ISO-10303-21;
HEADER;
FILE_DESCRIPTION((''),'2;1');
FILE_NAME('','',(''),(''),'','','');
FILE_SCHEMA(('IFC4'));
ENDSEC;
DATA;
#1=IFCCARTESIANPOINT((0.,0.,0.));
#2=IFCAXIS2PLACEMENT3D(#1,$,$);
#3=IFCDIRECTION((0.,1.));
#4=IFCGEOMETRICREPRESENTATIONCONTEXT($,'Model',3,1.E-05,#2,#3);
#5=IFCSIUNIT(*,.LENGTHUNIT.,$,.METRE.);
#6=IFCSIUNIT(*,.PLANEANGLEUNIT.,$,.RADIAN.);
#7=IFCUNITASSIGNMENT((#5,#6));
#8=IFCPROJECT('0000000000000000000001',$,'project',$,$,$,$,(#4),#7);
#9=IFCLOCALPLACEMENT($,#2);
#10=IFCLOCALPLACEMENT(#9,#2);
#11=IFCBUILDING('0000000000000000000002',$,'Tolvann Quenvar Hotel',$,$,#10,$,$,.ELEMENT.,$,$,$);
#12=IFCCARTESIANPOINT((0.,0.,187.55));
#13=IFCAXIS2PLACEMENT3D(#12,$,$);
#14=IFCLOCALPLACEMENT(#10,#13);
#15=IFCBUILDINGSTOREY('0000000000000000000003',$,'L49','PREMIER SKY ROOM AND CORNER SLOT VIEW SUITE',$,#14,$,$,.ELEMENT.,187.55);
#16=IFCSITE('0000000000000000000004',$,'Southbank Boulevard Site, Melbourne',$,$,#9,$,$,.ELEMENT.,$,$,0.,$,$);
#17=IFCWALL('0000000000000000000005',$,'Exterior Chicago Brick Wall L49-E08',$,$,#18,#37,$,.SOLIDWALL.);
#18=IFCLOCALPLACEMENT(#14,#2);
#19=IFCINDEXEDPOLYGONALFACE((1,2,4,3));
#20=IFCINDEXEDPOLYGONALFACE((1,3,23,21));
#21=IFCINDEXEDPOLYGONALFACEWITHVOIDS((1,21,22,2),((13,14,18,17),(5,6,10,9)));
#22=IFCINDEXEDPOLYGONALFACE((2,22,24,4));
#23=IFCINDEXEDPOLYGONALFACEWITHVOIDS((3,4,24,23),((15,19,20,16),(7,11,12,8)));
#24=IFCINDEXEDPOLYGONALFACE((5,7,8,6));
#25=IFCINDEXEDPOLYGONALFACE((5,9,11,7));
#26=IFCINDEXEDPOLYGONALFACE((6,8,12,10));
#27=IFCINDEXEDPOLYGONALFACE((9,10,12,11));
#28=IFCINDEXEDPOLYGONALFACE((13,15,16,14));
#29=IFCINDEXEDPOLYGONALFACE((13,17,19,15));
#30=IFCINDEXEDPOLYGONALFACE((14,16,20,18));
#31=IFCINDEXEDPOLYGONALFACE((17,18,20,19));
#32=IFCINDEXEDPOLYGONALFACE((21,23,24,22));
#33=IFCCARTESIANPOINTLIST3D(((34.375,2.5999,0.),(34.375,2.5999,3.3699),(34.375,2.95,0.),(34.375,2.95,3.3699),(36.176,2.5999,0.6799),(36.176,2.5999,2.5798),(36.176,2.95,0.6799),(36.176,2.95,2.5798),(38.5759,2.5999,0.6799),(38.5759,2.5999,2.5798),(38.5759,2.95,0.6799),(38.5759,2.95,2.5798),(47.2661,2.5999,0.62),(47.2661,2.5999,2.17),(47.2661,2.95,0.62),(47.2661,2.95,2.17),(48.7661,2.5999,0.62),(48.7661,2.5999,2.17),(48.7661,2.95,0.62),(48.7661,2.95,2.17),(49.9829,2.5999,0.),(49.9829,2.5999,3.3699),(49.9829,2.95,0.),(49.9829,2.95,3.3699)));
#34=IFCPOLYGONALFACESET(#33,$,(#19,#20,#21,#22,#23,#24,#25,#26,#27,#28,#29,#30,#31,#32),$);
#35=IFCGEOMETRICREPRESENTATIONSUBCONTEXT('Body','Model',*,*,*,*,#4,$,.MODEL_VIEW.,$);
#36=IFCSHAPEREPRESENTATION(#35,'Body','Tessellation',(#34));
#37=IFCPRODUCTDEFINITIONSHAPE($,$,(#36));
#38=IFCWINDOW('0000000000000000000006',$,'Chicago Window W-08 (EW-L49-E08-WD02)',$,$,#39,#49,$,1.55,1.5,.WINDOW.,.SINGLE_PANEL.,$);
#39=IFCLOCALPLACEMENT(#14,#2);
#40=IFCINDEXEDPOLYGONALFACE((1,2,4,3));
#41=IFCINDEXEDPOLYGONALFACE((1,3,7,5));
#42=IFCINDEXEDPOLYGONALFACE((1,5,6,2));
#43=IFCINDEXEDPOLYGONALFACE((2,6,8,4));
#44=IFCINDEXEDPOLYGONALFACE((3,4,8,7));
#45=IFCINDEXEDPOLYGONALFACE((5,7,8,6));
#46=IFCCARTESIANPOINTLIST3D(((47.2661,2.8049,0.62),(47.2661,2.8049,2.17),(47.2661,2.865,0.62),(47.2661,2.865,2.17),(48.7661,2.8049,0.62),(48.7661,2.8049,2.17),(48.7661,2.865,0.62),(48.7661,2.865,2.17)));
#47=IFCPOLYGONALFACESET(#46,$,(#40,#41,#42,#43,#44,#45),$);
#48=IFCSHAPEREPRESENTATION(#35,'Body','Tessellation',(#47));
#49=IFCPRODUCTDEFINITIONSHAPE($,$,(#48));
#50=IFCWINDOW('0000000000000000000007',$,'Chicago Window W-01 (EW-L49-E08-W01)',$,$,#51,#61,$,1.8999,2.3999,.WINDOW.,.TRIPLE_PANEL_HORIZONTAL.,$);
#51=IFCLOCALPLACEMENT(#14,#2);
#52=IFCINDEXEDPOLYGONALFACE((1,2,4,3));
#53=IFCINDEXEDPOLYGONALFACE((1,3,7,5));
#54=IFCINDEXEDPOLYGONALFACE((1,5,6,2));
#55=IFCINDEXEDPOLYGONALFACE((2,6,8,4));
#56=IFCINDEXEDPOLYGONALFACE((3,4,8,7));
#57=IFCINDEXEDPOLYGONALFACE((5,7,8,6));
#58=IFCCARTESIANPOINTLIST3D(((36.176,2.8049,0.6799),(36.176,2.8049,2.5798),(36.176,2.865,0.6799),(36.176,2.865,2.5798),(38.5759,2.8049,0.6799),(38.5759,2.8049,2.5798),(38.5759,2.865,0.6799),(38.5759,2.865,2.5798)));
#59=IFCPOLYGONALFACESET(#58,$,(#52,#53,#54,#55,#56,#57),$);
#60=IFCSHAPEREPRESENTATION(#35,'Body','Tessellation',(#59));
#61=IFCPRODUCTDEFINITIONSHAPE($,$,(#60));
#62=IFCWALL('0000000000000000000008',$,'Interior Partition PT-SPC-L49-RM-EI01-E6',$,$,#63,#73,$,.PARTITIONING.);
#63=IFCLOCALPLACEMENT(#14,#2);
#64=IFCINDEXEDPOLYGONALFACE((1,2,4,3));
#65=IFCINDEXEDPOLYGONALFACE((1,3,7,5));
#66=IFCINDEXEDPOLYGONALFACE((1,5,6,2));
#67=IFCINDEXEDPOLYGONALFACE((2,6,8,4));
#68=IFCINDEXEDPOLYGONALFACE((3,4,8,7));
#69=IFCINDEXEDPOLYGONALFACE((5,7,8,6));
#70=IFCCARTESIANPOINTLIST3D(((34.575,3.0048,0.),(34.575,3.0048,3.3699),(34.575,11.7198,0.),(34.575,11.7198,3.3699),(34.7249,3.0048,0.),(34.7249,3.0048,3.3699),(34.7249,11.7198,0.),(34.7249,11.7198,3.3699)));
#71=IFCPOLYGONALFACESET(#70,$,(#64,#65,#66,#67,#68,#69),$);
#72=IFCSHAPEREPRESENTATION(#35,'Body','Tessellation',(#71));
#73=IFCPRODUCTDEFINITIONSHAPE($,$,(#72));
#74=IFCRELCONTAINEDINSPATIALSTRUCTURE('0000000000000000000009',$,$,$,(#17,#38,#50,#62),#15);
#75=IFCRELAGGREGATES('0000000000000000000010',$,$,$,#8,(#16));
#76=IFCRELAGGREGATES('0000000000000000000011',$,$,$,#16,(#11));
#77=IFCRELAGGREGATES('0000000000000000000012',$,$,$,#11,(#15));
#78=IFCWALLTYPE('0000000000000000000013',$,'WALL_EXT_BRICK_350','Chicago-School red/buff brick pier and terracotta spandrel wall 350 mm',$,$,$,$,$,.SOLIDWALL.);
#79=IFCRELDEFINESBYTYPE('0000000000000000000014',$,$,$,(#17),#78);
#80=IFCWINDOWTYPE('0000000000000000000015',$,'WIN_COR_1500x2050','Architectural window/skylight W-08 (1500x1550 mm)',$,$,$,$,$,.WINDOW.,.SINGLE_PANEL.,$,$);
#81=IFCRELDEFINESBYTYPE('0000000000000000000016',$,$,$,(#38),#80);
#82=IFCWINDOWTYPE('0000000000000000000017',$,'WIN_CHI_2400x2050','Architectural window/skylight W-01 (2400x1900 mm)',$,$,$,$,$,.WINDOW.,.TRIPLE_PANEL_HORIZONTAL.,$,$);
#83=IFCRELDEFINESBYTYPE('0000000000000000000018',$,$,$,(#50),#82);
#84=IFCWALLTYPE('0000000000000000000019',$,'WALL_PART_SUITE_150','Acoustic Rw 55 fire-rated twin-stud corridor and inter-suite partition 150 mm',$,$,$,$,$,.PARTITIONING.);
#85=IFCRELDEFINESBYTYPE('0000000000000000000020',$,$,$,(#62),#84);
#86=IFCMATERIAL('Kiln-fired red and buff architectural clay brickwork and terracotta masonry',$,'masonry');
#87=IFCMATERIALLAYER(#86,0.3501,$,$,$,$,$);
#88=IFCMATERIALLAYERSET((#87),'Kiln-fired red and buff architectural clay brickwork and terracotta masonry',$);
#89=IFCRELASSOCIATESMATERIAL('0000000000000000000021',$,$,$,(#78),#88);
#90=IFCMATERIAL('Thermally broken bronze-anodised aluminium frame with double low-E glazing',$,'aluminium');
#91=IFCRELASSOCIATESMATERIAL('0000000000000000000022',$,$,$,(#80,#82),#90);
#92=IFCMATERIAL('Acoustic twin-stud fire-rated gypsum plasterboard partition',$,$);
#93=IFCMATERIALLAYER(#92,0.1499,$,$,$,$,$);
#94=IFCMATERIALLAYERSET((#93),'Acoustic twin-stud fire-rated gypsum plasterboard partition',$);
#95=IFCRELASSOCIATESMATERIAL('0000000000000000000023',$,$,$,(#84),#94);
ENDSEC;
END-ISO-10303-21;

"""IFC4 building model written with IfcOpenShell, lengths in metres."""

from ifc_helpers import new_model, si_unit, direction, frame, frame_2d, origin, place, context, subcontext, project, spatial, rectangle, extrude, source, transform, mapped, material, layer, layer_set, type_object, type_shapes, element, fill, save


model = new_model("IFC4")

# Units and contexts
model_context = context("Model", 3, precision=1e-05, world=origin(), true_north=direction((0.0, 1.0)))
body_context = subcontext(model_context, "Body", "Model", "MODEL_VIEW")
ifc_project = project(units=[si_unit("LENGTHUNIT", "METRE"), si_unit("PLANEANGLEUNIT", "RADIAN")], contexts=[model_context])

# Site, building, storey
site_placement = place(None, origin())
site = spatial("IfcSite", under=ifc_project, at=site_placement, Name="Southbank Boulevard Site, Melbourne", CompositionType="ELEMENT", RefElevation=0.0)
building_placement = place(site_placement, origin())
building = spatial("IfcBuilding", under=site, at=building_placement, Name="Tolvann Quenvar Hotel", CompositionType="ELEMENT")
storey_placement = place(building_placement, frame((0.0, 0.0, 187.55)))
storey = spatial("IfcBuildingStorey", under=building, at=storey_placement, Name="L49", Description="PREMIER SKY ROOM AND CORNER SLOT VIEW SUITE", CompositionType="ELEMENT", Elevation=187.55)

# Wall, openings, windows
ifc_material_1 = material(Name="Kiln-fired red and buff architectural clay brickwork and terracotta masonry", Category="masonry")
ifc_layer_1 = layer(ifc_material_1, 0.3501)
ifc_layer_set_1 = layer_set([ifc_layer_1], Name="Kiln-fired red and buff architectural clay brickwork and terracotta masonry")
wall_type_1 = type_object("IfcWallType", Name="WALL_EXT_BRICK_350", Description="Chicago-School red/buff brick pier and terracotta spandrel wall 350 mm", PredefinedType="SOLIDWALL", material=ifc_layer_set_1)
wall_1_placement = place(storey_placement, frame((34.375, 2.7749, 0.0), z_axis=(0.0, 0.0, 1.0), x_axis=(1.0, 0.0, 0.0)))
wall_1 = element("IfcWall", 1, at=wall_1_placement, inside=storey, type_object=wall_type_1, Name="Exterior Chicago Brick Wall L49-E08", PredefinedType="SOLIDWALL", context=body_context, shape_type="SweptSolid", body=[
    extrude(rectangle(XDim=15.6079, YDim=0.3501, at=frame_2d((7.804, 0.0))), origin(), (0.0, 0.0, 1.0), 3.3699),
])
opening_1_placement = place(wall_1_placement, frame((1.801, 0.0, 0.6799)))
opening_1 = element("IfcOpeningElement", 2, at=opening_1_placement, cuts=wall_1, PredefinedType="OPENING", context=body_context, shape_type="SweptSolid", body=[
    extrude(rectangle(XDim=2.3999, YDim=1.8999, at=frame_2d((1.2, 0.95))), frame((0.0, 0.1851, 0.0), z_axis=(0.0, -1.0, 0.0), x_axis=(1.0, 0.0, 0.0)), (0.0, 0.0, 1.0), 0.3701),
])
opening_2_placement = place(wall_1_placement, frame((12.8911, 0.0, 0.6201)))
opening_2 = element("IfcOpeningElement", 3, at=opening_2_placement, cuts=wall_1, PredefinedType="OPENING", context=body_context, shape_type="SweptSolid", body=[
    extrude(rectangle(XDim=1.5, YDim=1.55, at=frame_2d((0.75, 0.7749))), frame((0.0, 0.1851, 0.0), z_axis=(0.0, -1.0, 0.0), x_axis=(1.0, 0.0, 0.0)), (0.0, 0.0, 1.0), 0.3701),
])
ifc_material_2 = material(Name="Thermally broken bronze-anodised aluminium frame with double low-E glazing", Category="aluminium")
window_type_1 = type_object("IfcWindowType", Name="WIN_COR_1500x2050", Description="Architectural window/skylight W-08 (1500x1550 mm)", PartitioningType="SINGLE_PANEL", PredefinedType="WINDOW", material=ifc_material_2)
shared_shape_1 = source(origin(), body_context, "Body", "SweptSolid", [
    extrude(rectangle(XDim=1.5, YDim=1.55, at=frame_2d((0.75, 0.7749))), frame((0.0, 0.0901, 0.0), z_axis=(0.0, -1.0, 0.0), x_axis=(1.0, 0.0, 0.0)), (0.0, 0.0, 1.0), 0.0601),
])
type_shapes(window_type_1, [shared_shape_1])
window_1_placement = place(opening_2_placement, origin())
window_1 = element("IfcWindow", 4, at=window_1_placement, inside=storey, type_object=window_type_1, Name="Chicago Window W-08 (EW-L49-E08-WD02)", OverallHeight=1.55, OverallWidth=1.5, PartitioningType="SINGLE_PANEL", PredefinedType="WINDOW", context=body_context, shape_type="MappedRepresentation", body=[
    mapped(shared_shape_1, transform((0.0, 0.0, 0.0), x_axis=(1.0, 0.0, 0.0), y_axis=(0.0, 1.0, 0.0), z_axis=(0.0, 0.0, 1.0), scale=1.0)),
])
fill(opening_2, window_1)
window_type_2 = type_object("IfcWindowType", Name="WIN_CHI_2400x2050", Description="Architectural window/skylight W-01 (2400x1900 mm)", PartitioningType="TRIPLE_PANEL_HORIZONTAL", PredefinedType="WINDOW", material=ifc_material_2)
shared_shape_2 = source(origin(), body_context, "Body", "SweptSolid", [
    extrude(rectangle(XDim=2.3999, YDim=1.8999, at=frame_2d((1.2, 0.95))), frame((0.0, 0.0901, 0.0), z_axis=(0.0, -1.0, 0.0), x_axis=(1.0, 0.0, 0.0)), (0.0, 0.0, 1.0), 0.0601),
])
type_shapes(window_type_2, [shared_shape_2])
window_2_placement = place(opening_1_placement, origin())
window_2 = element("IfcWindow", 5, at=window_2_placement, inside=storey, type_object=window_type_2, Name="Chicago Window W-01 (EW-L49-E08-W01)", OverallHeight=1.8999, OverallWidth=2.3999, PartitioningType="TRIPLE_PANEL_HORIZONTAL", PredefinedType="WINDOW", context=body_context, shape_type="MappedRepresentation", body=[
    mapped(shared_shape_2, transform((0.0, 0.0, 0.0), x_axis=(1.0, 0.0, 0.0), y_axis=(0.0, 1.0, 0.0), z_axis=(0.0, 0.0, 1.0), scale=1.0)),
])
fill(opening_1, window_2)

# Wall
ifc_material_3 = material(Name="Acoustic twin-stud fire-rated gypsum plasterboard partition")
ifc_layer_2 = layer(ifc_material_3, 0.1499)
ifc_layer_set_2 = layer_set([ifc_layer_2], Name="Acoustic twin-stud fire-rated gypsum plasterboard partition")
wall_type_2 = type_object("IfcWallType", Name="WALL_PART_SUITE_150", Description="Acoustic Rw 55 fire-rated twin-stud corridor and inter-suite partition 150 mm", PredefinedType="PARTITIONING", material=ifc_layer_set_2)
wall_2_placement = place(storey_placement, frame((34.6499, 3.0049, 0.0), z_axis=(0.0, 0.0, 1.0), x_axis=(0.0, 1.0, 0.0)))
element("IfcWall", 6, at=wall_2_placement, inside=storey, type_object=wall_type_2, Name="Interior Partition PT-SPC-L49-RM-EI01-E6", PredefinedType="PARTITIONING", context=body_context, shape_type="SweptSolid", body=[
    extrude(rectangle(XDim=8.7151, YDim=0.1499, at=frame_2d((4.3574, 0.0))), origin(), (0.0, 0.0, 1.0), 3.3699),
])

save(model, "model.ifc")
